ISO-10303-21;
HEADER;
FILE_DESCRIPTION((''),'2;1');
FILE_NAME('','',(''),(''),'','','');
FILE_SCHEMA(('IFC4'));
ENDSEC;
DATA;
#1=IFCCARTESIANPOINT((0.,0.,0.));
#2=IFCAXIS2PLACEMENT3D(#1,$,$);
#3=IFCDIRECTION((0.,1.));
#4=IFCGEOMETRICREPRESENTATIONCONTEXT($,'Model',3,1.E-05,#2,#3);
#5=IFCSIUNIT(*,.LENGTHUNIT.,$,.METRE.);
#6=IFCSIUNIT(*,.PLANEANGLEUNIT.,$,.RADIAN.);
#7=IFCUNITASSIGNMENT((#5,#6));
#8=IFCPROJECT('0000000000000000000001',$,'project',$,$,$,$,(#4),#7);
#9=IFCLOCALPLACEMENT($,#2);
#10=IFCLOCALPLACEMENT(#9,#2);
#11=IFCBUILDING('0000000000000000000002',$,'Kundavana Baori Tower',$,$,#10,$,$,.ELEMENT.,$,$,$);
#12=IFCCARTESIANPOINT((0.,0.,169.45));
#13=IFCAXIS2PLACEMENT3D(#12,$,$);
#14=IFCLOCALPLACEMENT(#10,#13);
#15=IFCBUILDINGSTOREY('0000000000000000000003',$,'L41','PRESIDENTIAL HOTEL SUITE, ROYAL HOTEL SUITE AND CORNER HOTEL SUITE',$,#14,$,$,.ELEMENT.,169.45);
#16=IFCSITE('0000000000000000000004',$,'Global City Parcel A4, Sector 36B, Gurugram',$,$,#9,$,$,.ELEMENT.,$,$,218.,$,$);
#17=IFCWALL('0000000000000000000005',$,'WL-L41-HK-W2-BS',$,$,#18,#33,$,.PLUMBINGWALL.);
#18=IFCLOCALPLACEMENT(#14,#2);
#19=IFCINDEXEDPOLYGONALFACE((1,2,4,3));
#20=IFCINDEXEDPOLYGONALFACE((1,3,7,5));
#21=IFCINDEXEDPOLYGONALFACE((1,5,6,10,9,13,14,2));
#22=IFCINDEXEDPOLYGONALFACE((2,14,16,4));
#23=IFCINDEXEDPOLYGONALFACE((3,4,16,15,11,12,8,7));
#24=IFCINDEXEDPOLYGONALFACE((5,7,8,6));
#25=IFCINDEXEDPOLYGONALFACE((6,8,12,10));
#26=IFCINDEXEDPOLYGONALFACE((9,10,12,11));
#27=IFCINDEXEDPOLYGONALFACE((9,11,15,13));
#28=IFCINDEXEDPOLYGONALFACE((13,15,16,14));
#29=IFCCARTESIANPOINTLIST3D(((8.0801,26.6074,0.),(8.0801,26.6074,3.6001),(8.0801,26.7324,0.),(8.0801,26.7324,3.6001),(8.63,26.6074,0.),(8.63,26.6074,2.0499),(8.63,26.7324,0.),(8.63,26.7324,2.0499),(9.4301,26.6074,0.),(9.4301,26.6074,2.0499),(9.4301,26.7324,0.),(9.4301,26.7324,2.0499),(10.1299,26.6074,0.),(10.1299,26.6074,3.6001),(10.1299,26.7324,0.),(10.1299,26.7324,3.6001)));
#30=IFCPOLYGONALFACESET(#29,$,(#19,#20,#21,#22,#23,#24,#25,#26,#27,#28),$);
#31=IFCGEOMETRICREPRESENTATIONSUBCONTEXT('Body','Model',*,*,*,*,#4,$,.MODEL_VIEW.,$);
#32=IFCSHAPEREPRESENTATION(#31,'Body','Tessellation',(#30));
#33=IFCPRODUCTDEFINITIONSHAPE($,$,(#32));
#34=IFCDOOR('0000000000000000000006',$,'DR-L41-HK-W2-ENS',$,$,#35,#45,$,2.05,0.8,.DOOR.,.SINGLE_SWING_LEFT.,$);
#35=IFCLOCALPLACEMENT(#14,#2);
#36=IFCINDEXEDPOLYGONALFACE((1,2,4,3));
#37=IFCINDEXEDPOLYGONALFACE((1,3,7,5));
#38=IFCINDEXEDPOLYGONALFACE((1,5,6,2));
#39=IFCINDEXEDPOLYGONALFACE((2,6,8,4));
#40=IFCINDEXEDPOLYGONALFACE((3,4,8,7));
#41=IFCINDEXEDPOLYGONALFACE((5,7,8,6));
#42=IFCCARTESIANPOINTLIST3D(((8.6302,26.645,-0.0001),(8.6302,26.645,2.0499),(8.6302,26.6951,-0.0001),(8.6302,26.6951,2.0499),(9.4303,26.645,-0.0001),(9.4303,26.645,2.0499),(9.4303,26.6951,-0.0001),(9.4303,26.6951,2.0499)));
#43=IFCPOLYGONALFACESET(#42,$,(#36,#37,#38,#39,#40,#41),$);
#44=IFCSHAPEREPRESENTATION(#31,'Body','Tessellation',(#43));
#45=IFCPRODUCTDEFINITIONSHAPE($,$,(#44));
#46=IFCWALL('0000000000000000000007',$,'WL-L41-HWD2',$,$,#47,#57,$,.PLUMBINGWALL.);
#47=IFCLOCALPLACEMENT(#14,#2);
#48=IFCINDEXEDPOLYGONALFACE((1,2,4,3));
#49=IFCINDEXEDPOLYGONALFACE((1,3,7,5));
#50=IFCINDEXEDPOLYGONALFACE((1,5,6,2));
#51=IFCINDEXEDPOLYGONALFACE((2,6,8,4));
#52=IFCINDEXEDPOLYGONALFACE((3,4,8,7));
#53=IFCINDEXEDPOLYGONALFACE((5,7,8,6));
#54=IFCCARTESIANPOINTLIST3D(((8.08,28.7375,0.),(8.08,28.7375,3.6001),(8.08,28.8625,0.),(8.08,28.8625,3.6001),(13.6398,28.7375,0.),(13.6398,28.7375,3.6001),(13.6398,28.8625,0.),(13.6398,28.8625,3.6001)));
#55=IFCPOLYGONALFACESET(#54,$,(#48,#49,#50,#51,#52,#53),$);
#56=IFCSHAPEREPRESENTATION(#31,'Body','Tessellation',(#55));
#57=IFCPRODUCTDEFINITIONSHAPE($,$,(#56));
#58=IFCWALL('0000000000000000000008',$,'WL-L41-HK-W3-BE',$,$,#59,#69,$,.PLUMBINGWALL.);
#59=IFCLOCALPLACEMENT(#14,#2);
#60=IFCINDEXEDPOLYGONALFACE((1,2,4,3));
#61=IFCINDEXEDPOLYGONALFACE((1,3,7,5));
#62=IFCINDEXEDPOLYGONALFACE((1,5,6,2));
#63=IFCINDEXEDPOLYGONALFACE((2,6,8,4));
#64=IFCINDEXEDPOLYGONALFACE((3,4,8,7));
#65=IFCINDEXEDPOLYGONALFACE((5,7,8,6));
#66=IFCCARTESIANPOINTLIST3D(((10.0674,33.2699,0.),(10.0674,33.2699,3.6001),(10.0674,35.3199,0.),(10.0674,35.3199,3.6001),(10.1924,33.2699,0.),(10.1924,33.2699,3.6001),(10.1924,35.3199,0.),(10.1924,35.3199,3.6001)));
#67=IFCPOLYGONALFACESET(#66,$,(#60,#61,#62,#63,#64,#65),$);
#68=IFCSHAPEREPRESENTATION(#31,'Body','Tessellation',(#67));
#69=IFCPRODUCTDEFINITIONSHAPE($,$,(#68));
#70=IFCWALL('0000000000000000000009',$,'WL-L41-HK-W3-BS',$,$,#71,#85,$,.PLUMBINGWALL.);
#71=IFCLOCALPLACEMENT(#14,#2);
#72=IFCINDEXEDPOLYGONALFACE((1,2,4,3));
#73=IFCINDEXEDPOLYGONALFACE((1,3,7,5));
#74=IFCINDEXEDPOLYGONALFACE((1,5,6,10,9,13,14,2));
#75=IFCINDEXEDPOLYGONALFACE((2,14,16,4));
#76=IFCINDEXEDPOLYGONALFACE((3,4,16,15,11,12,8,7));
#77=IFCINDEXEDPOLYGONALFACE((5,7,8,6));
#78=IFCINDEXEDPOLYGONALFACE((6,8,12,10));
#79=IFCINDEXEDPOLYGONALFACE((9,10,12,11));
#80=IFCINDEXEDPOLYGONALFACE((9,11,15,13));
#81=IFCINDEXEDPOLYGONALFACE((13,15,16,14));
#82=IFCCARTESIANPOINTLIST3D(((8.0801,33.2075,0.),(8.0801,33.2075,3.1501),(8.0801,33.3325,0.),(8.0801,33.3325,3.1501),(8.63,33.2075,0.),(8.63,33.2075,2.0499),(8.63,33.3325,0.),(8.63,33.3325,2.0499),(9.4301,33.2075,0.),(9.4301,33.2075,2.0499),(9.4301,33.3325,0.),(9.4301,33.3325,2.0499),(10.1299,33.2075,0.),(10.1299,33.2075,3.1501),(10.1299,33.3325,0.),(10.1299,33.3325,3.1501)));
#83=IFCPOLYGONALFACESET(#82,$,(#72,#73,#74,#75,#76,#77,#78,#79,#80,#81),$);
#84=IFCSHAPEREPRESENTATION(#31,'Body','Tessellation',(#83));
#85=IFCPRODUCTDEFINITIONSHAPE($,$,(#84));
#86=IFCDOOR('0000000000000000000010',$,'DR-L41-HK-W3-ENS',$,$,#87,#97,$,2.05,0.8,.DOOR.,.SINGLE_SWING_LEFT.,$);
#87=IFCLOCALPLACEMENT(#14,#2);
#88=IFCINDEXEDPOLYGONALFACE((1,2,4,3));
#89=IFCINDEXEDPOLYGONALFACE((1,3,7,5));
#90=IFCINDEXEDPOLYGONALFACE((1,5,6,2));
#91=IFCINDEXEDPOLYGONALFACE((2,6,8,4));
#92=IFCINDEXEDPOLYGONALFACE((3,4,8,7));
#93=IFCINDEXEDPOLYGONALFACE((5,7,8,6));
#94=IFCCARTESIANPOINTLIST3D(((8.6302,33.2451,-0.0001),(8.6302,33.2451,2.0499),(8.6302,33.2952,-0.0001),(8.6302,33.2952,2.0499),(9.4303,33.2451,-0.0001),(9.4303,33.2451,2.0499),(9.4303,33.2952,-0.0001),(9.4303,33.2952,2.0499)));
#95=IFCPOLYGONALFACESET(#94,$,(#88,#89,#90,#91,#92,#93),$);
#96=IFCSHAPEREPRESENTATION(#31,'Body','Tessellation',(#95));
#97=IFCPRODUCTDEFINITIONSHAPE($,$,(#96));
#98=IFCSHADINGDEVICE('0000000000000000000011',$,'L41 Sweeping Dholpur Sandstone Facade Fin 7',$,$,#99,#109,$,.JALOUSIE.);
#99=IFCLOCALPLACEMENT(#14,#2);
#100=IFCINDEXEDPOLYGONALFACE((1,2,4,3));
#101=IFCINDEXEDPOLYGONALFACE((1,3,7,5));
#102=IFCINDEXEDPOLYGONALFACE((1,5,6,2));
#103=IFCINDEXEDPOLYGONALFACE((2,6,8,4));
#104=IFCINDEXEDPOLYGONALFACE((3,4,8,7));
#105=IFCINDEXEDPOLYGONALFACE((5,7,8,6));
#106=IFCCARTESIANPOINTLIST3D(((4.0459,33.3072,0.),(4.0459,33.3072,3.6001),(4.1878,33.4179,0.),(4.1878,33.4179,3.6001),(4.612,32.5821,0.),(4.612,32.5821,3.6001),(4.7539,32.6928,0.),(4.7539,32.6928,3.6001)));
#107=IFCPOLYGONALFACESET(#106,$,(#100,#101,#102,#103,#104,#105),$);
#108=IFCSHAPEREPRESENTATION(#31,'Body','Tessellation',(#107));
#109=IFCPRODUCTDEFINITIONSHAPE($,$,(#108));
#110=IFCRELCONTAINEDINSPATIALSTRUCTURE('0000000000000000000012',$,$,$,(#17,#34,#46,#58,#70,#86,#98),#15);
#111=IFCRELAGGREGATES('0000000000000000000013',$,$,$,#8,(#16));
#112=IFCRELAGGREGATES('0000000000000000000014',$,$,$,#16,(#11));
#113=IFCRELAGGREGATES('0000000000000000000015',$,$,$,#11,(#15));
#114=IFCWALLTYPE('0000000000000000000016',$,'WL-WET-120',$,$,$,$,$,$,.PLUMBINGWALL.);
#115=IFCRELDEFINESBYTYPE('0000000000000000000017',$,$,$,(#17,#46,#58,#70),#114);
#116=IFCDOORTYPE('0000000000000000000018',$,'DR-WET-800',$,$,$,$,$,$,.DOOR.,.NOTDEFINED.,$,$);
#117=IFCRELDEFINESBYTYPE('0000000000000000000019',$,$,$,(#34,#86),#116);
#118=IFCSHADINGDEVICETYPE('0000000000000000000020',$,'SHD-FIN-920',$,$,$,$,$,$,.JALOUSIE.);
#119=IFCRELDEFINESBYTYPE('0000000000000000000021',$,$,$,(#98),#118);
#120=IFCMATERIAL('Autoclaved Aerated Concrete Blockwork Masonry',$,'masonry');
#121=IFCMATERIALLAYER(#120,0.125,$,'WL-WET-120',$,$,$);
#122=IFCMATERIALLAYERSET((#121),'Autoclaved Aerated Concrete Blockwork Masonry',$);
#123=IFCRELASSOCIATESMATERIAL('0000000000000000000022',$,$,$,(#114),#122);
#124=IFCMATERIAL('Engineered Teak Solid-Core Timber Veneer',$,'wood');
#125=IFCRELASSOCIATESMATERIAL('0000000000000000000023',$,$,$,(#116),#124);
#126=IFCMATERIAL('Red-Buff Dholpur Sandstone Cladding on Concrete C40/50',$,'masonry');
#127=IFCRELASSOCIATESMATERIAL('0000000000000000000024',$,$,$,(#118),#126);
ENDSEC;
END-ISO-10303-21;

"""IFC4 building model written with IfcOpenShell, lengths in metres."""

from ifc_helpers import new_model, si_unit, direction, frame, frame_2d, origin, origin_2d, place, context, subcontext, project, spatial, rectangle, extrude, material, layer, layer_set, type_object, element, fill, save


model = new_model("IFC4")

# Units and contexts
model_context = context("Model", 3, precision=1e-05, world=origin(), true_north=direction((0.0, 1.0)))
body_context = subcontext(model_context, "Body", "Model", "MODEL_VIEW")
ifc_project = project(units=[si_unit("LENGTHUNIT", "METRE"), si_unit("PLANEANGLEUNIT", "RADIAN")], contexts=[model_context])

# Site, building, storey
site_placement = place(None, origin())
site = spatial("IfcSite", under=ifc_project, at=site_placement, Name="Global City Parcel A4, Sector 36B, Gurugram", CompositionType="ELEMENT", RefElevation=218.0)
building_placement = place(site_placement, origin())
building = spatial("IfcBuilding", under=site, at=building_placement, Name="Kundavana Baori Tower", CompositionType="ELEMENT")
storey_placement = place(building_placement, frame((0.0, 0.0, 169.45)))
storey = spatial("IfcBuildingStorey", under=building, at=storey_placement, Name="L41", Description="PRESIDENTIAL HOTEL SUITE, ROYAL HOTEL SUITE AND CORNER HOTEL SUITE", CompositionType="ELEMENT", Elevation=169.45)

# Shared definitions
ifc_material_1 = material(Name="Autoclaved Aerated Concrete Blockwork Masonry", Category="masonry")
ifc_layer_1 = layer(ifc_material_1, 0.125, Name="WL-WET-120")
ifc_layer_set_1 = layer_set([ifc_layer_1], Name="Autoclaved Aerated Concrete Blockwork Masonry")
wall_type_1 = type_object("IfcWallType", Name="WL-WET-120", PredefinedType="PLUMBINGWALL", material=ifc_layer_set_1)

# Wall, opening, door
wall_1_placement = place(storey_placement, frame((8.0801, 26.6699, 0.0), z_axis=(0.0, 0.0, 1.0), x_axis=(1.0, 0.0, 0.0)))
wall_1 = element("IfcWall", 1, at=wall_1_placement, inside=storey, type_object=wall_type_1, Name="WL-L41-HK-W2-BS", PredefinedType="PLUMBINGWALL", context=body_context, shape_type="SweptSolid", body=[
    extrude(rectangle(XDim=2.0498, YDim=0.125, at=frame_2d((1.0249, 0.0))), origin(), (0.0, 0.0, 1.0), 3.6001),
])
opening_1_placement = place(wall_1_placement, frame((0.55, 0.0, 0.0)))
opening_1 = element("IfcOpeningElement", 2, at=opening_1_placement, cuts=wall_1, PredefinedType="OPENING", context=body_context, shape_type="SweptSolid", body=[
    extrude(rectangle(XDim=0.8, YDim=2.05, at=frame_2d((0.3999, 1.0249))), frame((0.0, 0.0725, 0.0), z_axis=(0.0, -1.0, 0.0), x_axis=(1.0, 0.0, 0.0)), (0.0, 0.0, 1.0), 0.145),
])
ifc_material_2 = material(Name="Engineered Teak Solid-Core Timber Veneer", Category="wood")
door_type_1 = type_object("IfcDoorType", Name="DR-WET-800", OperationType="NOTDEFINED", PredefinedType="DOOR", material=ifc_material_2)
door_1_placement = place(opening_1_placement, frame((0.8, 0.0, 0.0), z_axis=(0.0, 0.0, 1.0), x_axis=(-1.0, 0.0, 0.0)))
door_1 = element("IfcDoor", 3, at=door_1_placement, inside=storey, type_object=door_type_1, Name="DR-L41-HK-W2-ENS", OperationType="SINGLE_SWING_LEFT", OverallHeight=2.05, OverallWidth=0.8, PredefinedType="DOOR", context=body_context, shape_type="SweptSolid", body=[
    extrude(rectangle(XDim=0.8, YDim=2.05, at=frame_2d((0.3999, 1.0249))), frame((0.0, 0.0249, 0.0), z_axis=(0.0, -1.0, 0.0), x_axis=(1.0, 0.0, 0.0)), (0.0, 0.0, 1.0), 0.05),
])
fill(opening_1, door_1)

# Walls
wall_2_placement = place(storey_placement, frame((8.0801, 28.8, 0.0), z_axis=(0.0, 0.0, 1.0), x_axis=(1.0, 0.0, 0.0)))
element("IfcWall", 4, at=wall_2_placement, inside=storey, type_object=wall_type_1, Name="WL-L41-HWD2", PredefinedType="PLUMBINGWALL", context=body_context, shape_type="SweptSolid", body=[
    extrude(rectangle(XDim=5.5598, YDim=0.125, at=frame_2d((2.7798, 0.0))), origin(), (0.0, 0.0, 1.0), 3.6001),
])
wall_3_placement = place(storey_placement, frame((10.1299, 33.27, 0.0), z_axis=(0.0, 0.0, 1.0), x_axis=(0.0, 1.0, 0.0)))
element("IfcWall", 5, at=wall_3_placement, inside=storey, type_object=wall_type_1, Name="WL-L41-HK-W3-BE", PredefinedType="PLUMBINGWALL", context=body_context, shape_type="SweptSolid", body=[
    extrude(rectangle(XDim=2.05, YDim=0.125, at=frame_2d((1.0249, 0.0))), origin(), (0.0, 0.0, 1.0), 3.6001),
])

# Wall, opening, door
wall_4_placement = place(storey_placement, frame((8.0801, 33.27, 0.0), z_axis=(0.0, 0.0, 1.0), x_axis=(1.0, 0.0, 0.0)))
wall_4 = element("IfcWall", 6, at=wall_4_placement, inside=storey, type_object=wall_type_1, Name="WL-L41-HK-W3-BS", PredefinedType="PLUMBINGWALL", context=body_context, shape_type="SweptSolid", body=[
    extrude(rectangle(XDim=2.0498, YDim=0.125, at=frame_2d((1.0249, 0.0))), origin(), (0.0, 0.0, 1.0), 3.1501),
])
opening_2_placement = place(wall_4_placement, frame((0.55, 0.0, 0.0)))
opening_2 = element("IfcOpeningElement", 7, at=opening_2_placement, cuts=wall_4, PredefinedType="OPENING", context=body_context, shape_type="SweptSolid", body=[
    extrude(rectangle(XDim=0.8, YDim=2.05, at=frame_2d((0.3999, 1.0249))), frame((0.0, 0.0725, 0.0), z_axis=(0.0, -1.0, 0.0), x_axis=(1.0, 0.0, 0.0)), (0.0, 0.0, 1.0), 0.145),
])
door_2_placement = place(opening_2_placement, frame((0.8, 0.0, 0.0), z_axis=(0.0, 0.0, 1.0), x_axis=(-1.0, 0.0, 0.0)))
door_2 = element("IfcDoor", 8, at=door_2_placement, inside=storey, type_object=door_type_1, Name="DR-L41-HK-W3-ENS", OperationType="SINGLE_SWING_LEFT", OverallHeight=2.05, OverallWidth=0.8, PredefinedType="DOOR", context=body_context, shape_type="SweptSolid", body=[
    extrude(rectangle(XDim=0.8, YDim=2.05, at=frame_2d((0.3999, 1.0249))), frame((0.0, 0.0249, 0.0), z_axis=(0.0, -1.0, 0.0), x_axis=(1.0, 0.0, 0.0)), (0.0, 0.0, 1.0), 0.05),
])
fill(opening_2, door_2)

# Shading device
ifc_material_3 = material(Name="Red-Buff Dholpur Sandstone Cladding on Concrete C40/50", Category="masonry")
shading_device_type = type_object("IfcShadingDeviceType", Name="SHD-FIN-920", PredefinedType="JALOUSIE", material=ifc_material_3)
shading_device_placement = place(storey_placement, frame((4.3999, 33.0, 0.0), z_axis=(0.0, 0.0, 1.0), x_axis=(0.788226, 0.615386, 0.0)))
element("IfcShadingDevice", 9, at=shading_device_placement, inside=storey, type_object=shading_device_type, Name="L41 Sweeping Dholpur Sandstone Facade Fin 7", PredefinedType="JALOUSIE", context=body_context, shape_type="SweptSolid", body=[
    extrude(rectangle(XDim=0.1799, YDim=0.9199, at=origin_2d()), origin(), (0.0, 0.0, 1.0), 3.6001),
])

save(model, "model.ifc")
